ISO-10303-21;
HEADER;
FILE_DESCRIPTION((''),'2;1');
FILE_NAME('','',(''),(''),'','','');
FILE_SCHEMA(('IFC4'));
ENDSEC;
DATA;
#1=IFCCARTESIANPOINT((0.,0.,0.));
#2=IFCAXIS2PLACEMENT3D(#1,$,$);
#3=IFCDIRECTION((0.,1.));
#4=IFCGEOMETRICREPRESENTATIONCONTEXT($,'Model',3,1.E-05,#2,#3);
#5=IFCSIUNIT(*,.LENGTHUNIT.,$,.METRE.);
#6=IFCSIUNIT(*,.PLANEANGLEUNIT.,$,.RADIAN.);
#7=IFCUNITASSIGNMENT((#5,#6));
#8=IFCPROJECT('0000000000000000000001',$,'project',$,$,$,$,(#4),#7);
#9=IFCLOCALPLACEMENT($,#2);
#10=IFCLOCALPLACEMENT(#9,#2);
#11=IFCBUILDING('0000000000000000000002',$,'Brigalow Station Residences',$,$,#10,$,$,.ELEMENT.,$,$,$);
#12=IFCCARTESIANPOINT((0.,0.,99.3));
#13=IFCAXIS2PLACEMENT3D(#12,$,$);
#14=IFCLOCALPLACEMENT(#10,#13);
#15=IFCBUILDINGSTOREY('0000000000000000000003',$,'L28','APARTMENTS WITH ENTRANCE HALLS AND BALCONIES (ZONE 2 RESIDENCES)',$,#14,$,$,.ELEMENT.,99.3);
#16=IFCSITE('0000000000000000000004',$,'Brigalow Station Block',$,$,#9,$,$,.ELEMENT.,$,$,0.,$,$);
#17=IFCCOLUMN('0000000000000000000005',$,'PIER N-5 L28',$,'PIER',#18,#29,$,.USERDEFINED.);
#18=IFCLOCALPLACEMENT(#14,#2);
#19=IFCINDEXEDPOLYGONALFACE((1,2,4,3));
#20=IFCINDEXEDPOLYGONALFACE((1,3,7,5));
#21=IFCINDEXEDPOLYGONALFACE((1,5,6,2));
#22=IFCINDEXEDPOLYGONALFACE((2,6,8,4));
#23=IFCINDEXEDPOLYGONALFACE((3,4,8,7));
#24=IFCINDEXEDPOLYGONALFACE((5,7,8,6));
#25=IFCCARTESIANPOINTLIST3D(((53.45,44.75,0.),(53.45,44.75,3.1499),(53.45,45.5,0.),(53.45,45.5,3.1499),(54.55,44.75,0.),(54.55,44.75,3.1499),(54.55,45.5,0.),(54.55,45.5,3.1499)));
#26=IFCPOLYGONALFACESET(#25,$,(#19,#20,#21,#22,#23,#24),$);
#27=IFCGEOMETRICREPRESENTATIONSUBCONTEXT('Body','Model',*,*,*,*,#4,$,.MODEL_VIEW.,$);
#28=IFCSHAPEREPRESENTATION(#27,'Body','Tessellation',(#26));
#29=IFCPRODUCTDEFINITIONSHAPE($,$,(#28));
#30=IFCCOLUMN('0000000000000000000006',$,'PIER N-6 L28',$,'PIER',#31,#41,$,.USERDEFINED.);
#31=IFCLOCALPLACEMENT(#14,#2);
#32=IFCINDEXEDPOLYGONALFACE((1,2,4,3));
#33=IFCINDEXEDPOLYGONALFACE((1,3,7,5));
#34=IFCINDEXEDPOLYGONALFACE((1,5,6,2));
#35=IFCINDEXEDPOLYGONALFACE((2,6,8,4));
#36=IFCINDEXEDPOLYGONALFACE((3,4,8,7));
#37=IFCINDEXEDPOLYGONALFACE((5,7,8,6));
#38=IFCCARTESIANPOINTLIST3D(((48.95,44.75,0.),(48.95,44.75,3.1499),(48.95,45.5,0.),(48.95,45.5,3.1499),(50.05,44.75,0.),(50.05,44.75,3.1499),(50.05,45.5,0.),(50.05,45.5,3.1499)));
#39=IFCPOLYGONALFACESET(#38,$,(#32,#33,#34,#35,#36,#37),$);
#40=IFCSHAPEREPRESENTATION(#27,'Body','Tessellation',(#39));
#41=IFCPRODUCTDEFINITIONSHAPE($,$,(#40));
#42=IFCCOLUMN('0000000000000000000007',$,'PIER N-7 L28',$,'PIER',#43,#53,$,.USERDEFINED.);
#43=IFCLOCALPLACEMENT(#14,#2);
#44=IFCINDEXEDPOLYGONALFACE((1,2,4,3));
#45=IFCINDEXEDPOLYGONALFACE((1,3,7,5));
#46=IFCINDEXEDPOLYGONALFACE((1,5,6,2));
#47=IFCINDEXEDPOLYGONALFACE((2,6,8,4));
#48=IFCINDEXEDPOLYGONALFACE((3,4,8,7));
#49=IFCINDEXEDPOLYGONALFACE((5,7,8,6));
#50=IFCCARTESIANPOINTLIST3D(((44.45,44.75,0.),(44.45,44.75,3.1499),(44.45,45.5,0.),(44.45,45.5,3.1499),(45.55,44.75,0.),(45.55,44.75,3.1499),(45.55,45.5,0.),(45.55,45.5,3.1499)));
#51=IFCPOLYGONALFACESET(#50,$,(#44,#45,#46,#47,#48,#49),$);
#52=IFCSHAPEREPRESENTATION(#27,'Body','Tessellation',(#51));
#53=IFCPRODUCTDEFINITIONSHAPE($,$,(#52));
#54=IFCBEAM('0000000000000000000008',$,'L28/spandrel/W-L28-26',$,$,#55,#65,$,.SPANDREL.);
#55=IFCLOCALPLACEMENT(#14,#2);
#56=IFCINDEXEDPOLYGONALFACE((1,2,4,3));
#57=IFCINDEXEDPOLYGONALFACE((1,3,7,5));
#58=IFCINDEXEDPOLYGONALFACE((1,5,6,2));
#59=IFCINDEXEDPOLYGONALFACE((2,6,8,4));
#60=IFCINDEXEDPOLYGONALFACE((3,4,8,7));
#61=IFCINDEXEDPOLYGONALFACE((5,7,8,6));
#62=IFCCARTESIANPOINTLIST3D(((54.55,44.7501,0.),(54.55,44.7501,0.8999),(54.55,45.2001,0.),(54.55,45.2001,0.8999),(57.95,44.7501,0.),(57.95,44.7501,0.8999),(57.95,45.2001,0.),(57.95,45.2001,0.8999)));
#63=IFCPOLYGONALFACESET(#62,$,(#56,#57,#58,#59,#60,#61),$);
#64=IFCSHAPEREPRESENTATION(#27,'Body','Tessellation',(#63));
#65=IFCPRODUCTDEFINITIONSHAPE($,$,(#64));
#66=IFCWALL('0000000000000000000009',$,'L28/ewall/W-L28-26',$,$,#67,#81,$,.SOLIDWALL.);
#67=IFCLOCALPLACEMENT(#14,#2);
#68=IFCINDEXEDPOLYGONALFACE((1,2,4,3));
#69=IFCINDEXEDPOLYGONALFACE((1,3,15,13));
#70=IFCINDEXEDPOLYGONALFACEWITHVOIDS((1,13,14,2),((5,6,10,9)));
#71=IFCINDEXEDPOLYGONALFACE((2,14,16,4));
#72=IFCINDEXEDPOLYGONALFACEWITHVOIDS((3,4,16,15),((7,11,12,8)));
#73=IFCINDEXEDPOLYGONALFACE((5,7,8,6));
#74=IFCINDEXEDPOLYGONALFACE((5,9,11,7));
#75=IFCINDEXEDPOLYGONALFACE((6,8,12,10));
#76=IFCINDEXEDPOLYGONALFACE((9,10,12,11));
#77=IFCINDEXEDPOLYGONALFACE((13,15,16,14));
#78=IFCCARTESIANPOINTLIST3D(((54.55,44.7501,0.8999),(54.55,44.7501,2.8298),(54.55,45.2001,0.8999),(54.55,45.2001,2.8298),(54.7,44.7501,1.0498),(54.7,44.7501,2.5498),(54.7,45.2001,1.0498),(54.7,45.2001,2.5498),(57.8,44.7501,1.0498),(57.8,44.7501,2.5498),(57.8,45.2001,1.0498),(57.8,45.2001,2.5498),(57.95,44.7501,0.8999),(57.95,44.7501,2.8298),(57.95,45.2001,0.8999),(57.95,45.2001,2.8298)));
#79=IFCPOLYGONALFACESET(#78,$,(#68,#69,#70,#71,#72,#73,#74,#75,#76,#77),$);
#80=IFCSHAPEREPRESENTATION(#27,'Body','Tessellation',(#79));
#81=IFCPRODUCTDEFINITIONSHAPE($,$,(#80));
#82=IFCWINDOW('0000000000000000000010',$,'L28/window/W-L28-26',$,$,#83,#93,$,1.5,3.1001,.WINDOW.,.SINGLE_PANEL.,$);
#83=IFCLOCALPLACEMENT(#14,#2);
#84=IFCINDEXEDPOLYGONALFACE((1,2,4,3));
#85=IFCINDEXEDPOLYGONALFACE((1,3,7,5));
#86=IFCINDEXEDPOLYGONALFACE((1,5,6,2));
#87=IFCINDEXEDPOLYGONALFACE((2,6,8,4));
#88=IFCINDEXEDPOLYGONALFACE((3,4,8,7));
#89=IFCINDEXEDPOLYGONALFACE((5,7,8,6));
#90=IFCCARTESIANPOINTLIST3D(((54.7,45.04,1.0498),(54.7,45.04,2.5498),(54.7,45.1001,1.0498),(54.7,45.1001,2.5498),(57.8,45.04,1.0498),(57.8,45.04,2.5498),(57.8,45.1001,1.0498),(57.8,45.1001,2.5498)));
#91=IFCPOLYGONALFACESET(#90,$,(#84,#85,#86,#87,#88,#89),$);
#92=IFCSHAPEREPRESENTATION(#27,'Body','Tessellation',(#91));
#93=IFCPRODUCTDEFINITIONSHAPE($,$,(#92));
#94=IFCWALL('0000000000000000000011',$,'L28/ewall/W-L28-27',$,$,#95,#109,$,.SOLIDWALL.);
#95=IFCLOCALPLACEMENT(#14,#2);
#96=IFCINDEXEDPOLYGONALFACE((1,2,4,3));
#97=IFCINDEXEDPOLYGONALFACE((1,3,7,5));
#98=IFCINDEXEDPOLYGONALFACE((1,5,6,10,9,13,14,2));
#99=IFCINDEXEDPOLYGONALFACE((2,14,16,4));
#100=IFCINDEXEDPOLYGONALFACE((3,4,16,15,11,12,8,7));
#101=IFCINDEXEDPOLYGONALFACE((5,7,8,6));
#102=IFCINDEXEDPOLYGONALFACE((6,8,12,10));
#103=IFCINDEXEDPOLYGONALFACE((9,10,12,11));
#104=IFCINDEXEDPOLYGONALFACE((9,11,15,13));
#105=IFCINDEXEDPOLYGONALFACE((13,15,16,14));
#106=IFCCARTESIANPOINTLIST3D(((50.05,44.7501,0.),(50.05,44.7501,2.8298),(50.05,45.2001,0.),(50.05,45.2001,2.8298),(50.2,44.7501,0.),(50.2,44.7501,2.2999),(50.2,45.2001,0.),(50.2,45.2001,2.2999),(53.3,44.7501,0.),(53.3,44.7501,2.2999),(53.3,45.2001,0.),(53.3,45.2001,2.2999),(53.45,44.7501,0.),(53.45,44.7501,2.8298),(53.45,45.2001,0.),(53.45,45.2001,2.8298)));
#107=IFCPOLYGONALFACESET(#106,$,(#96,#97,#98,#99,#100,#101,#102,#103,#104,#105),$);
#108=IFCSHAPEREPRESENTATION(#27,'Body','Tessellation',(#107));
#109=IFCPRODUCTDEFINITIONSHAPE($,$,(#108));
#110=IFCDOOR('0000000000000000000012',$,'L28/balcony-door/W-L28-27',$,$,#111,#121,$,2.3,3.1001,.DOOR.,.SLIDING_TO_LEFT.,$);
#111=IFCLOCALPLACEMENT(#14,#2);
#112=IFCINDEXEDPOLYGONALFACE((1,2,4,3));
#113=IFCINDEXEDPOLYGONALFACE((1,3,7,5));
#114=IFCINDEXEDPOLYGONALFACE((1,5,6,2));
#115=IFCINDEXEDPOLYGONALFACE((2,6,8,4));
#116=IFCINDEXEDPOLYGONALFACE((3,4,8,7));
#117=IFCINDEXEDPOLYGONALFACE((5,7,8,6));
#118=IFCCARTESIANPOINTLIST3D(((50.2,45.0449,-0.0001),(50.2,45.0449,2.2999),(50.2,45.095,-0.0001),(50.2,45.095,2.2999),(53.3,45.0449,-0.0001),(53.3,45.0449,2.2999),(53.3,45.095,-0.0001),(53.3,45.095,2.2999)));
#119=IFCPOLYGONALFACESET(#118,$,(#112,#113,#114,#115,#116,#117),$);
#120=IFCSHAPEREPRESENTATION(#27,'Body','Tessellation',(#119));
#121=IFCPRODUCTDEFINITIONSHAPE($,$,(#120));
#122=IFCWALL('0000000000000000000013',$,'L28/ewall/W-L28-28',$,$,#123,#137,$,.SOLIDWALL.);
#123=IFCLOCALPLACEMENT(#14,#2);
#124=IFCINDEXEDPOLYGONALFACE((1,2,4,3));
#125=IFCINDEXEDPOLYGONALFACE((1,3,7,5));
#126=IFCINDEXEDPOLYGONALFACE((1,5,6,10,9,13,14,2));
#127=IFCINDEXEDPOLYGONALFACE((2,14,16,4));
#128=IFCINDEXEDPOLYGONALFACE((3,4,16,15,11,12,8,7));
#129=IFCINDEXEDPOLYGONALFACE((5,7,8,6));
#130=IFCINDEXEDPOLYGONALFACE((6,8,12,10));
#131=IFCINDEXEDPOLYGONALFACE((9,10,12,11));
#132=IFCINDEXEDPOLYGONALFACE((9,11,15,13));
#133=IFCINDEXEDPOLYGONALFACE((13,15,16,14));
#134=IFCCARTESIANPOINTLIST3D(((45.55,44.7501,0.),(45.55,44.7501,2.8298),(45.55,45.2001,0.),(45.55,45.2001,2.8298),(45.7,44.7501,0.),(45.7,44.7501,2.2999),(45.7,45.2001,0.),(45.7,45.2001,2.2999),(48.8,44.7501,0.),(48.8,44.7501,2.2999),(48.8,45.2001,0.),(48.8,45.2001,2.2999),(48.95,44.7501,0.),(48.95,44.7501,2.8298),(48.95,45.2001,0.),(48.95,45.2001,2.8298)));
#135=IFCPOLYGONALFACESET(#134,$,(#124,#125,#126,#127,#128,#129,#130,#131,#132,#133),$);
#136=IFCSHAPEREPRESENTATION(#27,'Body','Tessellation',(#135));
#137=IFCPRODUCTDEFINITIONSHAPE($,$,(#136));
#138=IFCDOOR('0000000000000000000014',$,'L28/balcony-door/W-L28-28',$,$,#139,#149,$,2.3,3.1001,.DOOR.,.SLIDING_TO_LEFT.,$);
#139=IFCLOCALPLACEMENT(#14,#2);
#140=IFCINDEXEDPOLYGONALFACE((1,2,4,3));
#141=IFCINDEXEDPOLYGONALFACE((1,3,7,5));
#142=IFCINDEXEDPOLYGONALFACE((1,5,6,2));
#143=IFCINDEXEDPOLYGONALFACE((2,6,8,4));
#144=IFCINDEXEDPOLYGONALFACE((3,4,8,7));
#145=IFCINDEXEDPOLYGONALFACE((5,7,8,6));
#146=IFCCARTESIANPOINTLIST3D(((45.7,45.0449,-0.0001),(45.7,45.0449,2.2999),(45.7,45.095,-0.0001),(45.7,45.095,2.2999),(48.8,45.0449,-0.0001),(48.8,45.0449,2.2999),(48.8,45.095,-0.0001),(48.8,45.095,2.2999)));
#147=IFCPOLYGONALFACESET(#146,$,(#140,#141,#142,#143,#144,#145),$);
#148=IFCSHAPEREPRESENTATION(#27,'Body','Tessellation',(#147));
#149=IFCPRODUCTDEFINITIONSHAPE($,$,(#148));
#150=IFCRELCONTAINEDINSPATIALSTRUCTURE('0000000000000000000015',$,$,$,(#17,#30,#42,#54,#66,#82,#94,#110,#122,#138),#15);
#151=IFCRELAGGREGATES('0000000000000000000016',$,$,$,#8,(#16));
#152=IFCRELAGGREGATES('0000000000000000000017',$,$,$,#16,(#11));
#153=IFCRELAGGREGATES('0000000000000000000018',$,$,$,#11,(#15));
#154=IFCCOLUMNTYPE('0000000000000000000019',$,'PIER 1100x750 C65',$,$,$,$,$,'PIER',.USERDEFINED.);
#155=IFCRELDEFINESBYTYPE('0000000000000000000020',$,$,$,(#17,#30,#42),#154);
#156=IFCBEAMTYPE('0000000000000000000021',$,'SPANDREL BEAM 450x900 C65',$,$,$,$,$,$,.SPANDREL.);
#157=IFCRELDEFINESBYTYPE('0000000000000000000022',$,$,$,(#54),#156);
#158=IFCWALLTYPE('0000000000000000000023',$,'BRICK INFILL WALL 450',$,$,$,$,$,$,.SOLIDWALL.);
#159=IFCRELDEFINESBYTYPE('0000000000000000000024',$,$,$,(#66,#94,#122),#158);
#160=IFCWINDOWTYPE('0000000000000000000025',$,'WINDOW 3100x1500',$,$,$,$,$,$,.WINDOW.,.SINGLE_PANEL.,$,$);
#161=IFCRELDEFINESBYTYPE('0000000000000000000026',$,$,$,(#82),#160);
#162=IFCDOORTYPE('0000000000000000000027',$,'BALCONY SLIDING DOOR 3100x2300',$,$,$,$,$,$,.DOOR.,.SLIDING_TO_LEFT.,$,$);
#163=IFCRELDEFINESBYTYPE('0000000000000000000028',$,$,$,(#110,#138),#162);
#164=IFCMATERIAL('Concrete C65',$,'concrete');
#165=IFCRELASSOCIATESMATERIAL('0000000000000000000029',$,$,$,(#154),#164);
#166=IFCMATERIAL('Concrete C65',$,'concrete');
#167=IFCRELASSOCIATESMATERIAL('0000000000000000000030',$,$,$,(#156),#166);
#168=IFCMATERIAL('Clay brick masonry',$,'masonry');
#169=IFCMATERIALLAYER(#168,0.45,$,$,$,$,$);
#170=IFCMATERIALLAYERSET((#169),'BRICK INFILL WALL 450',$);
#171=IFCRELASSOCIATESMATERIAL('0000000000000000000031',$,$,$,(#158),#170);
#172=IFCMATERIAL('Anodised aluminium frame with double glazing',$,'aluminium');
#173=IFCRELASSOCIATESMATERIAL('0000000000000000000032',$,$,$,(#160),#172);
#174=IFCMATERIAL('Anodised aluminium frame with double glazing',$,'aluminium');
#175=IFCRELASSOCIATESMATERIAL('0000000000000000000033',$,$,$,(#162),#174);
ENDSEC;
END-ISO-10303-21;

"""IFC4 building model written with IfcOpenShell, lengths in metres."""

from ifc_helpers import new_model, si_unit, direction, frame, frame_2d, origin, origin_2d, place, context, subcontext, project, spatial, rectangle, extrude, material, layer, layer_set, material_profile, profile_set, type_object, element, fill, save


model = new_model("IFC4")

# Units and contexts
model_context = context("Model", 3, precision=1e-05, world=origin(), true_north=direction((0.0, 1.0)))
body_context = subcontext(model_context, "Body", "Model", "MODEL_VIEW")
ifc_project = project(units=[si_unit("LENGTHUNIT", "METRE"), si_unit("PLANEANGLEUNIT", "RADIAN")], contexts=[model_context])

# Site, building, storey
site_placement = place(None, origin())
site = spatial("IfcSite", under=ifc_project, at=site_placement, Name="Brigalow Station Block", CompositionType="ELEMENT", RefElevation=0.0)
building_placement = place(site_placement, origin())
building = spatial("IfcBuilding", under=site, at=building_placement, Name="Brigalow Station Residences", CompositionType="ELEMENT")
storey_placement = place(building_placement, frame((0.0, 0.0, 99.3)))
storey = spatial("IfcBuildingStorey", under=building, at=storey_placement, Name="L28", Description="APARTMENTS WITH ENTRANCE HALLS AND BALCONIES (ZONE 2 RESIDENCES)", CompositionType="ELEMENT", Elevation=99.3)

# Columns
ifc_material_1 = material(Name="Concrete C65", Category="concrete")
ifc_material_profile_1 = material_profile(ifc_material_1, rectangle(XDim=1.1001, YDim=0.75, at=origin_2d()), Name="RC1100x750")
ifc_profile_set_1 = profile_set([ifc_material_profile_1], Name="Concrete C65")
column_type = type_object("IfcColumnType", Name="PIER 1100x750 C65", ElementType="PIER", PredefinedType="USERDEFINED", material=ifc_profile_set_1)
for number, where, z_axis, x_axis, name in (
    (1, (54.0, 45.125, 0.0), (0.0, 0.0, 1.0), (-1.0, 0.0, 0.0), "PIER N-5 L28"),
    (2, (49.5, 45.125, 0.0), (0.0, 0.0, 1.0), (-1.0, 0.0, 0.0), "PIER N-6 L28"),
    (3, (45.0, 45.125, 0.0), (0.0, 0.0, 1.0), (-1.0, 0.0, 0.0), "PIER N-7 L28"),
):
    element("IfcColumn", number, at=place(storey_placement, frame(where, z_axis=z_axis, x_axis=x_axis)), inside=storey, type_object=column_type, Name=name, ObjectType="PIER", PredefinedType="USERDEFINED", context=body_context, shape_type="SweptSolid", body=[
        extrude(rectangle(XDim=1.1001, YDim=0.75, at=origin_2d()), origin(), (0.0, 0.0, 1.0), 3.1499),
    ])

# Beam
ifc_material_2 = material(Name="Concrete C65", Category="concrete")
ifc_material_profile_2 = material_profile(ifc_material_2, rectangle(XDim=0.45, YDim=0.8999, at=origin_2d()), Name="RC450x900")
ifc_profile_set_2 = profile_set([ifc_material_profile_2], Name="Concrete C65")
beam_type = type_object("IfcBeamType", Name="SPANDREL BEAM 450x900 C65", PredefinedType="SPANDREL", material=ifc_profile_set_2)
beam_placement = place(storey_placement, frame((57.95, 44.9751, 0.45), z_axis=(-1.0, 0.0, 0.0), x_axis=(0.0, -1.0, 0.0)))
element("IfcBeam", 4, at=beam_placement, inside=storey, type_object=beam_type, Name="L28/spandrel/W-L28-26", PredefinedType="SPANDREL", context=body_context, shape_type="SweptSolid", body=[
    extrude(rectangle(XDim=0.45, YDim=0.8999, at=origin_2d()), origin(), (0.0, 0.0, 1.0), 3.3999),
])

# Wall, opening, window
ifc_material_3 = material(Name="Clay brick masonry", Category="masonry")
ifc_layer_1 = layer(ifc_material_3, 0.45)
ifc_layer_set_1 = layer_set([ifc_layer_1], Name="BRICK INFILL WALL 450")
wall_type_1 = type_object("IfcWallType", Name="BRICK INFILL WALL 450", PredefinedType="SOLIDWALL", material=ifc_layer_set_1)
wall_1_placement = place(storey_placement, frame((57.95, 44.9751, 0.8999), z_axis=(0.0, 0.0, 1.0), x_axis=(-1.0, 0.0, 0.0)))
wall_1 = element("IfcWall", 5, at=wall_1_placement, inside=storey, type_object=wall_type_1, Name="L28/ewall/W-L28-26", PredefinedType="SOLIDWALL", context=body_context, shape_type="SweptSolid", body=[
    extrude(rectangle(XDim=3.3999, YDim=0.45, at=frame_2d((1.7, 0.0))), origin(), (0.0, 0.0, 1.0), 1.9299),
])
opening_1_placement = place(wall_1_placement, frame((0.1499, 0.0, 0.1499)))
opening_1 = element("IfcOpeningElement", 6, at=opening_1_placement, cuts=wall_1, PredefinedType="OPENING", context=body_context, shape_type="SweptSolid", body=[
    extrude(rectangle(XDim=3.1001, YDim=1.5, at=frame_2d((1.55, 0.75))), frame((0.0, 0.2349, 0.0), z_axis=(0.0, -1.0, 0.0), x_axis=(1.0, 0.0, 0.0)), (0.0, 0.0, 1.0), 0.47),
])
ifc_material_4 = material(Name="Anodised aluminium frame with double glazing", Category="aluminium")
window_type = type_object("IfcWindowType", Name="WINDOW 3100x1500", PartitioningType="SINGLE_PANEL", PredefinedType="WINDOW", material=ifc_material_4)
window_placement = place(opening_1_placement, origin())
window = element("IfcWindow", 7, at=window_placement, inside=storey, type_object=window_type, Name="L28/window/W-L28-26", OverallHeight=1.5, OverallWidth=3.1001, PartitioningType="SINGLE_PANEL", PredefinedType="WINDOW", context=body_context, shape_type="SweptSolid", body=[
    extrude(rectangle(XDim=3.1001, YDim=1.5, at=frame_2d((1.55, 0.75))), frame((0.0, -0.0649, 0.0), z_axis=(0.0, -1.0, 0.0), x_axis=(1.0, 0.0, 0.0)), (0.0, 0.0, 1.0), 0.0601),
])
fill(opening_1, window)

# Walls, openings, doors
wall_2_placement = place(storey_placement, frame((53.45, 44.9751, 0.0), z_axis=(0.0, 0.0, 1.0), x_axis=(-1.0, 0.0, 0.0)))
wall_2 = element("IfcWall", 8, at=wall_2_placement, inside=storey, type_object=wall_type_1, Name="L28/ewall/W-L28-27", PredefinedType="SOLIDWALL", context=body_context, shape_type="SweptSolid", body=[
    extrude(rectangle(XDim=3.3999, YDim=0.45, at=frame_2d((1.7, 0.0))), origin(), (0.0, 0.0, 1.0), 2.8298),
])
opening_2_placement = place(wall_2_placement, frame((0.1499, 0.0, 0.0)))
opening_2 = element("IfcOpeningElement", 9, at=opening_2_placement, cuts=wall_2, PredefinedType="OPENING", context=body_context, shape_type="SweptSolid", body=[
    extrude(rectangle(XDim=3.1001, YDim=2.3, at=frame_2d((1.55, 1.1499))), frame((0.0, 0.2349, 0.0), z_axis=(0.0, -1.0, 0.0), x_axis=(1.0, 0.0, 0.0)), (0.0, 0.0, 1.0), 0.47),
])
ifc_material_5 = material(Name="Anodised aluminium frame with double glazing", Category="aluminium")
door_type_1 = type_object("IfcDoorType", Name="BALCONY SLIDING DOOR 3100x2300", OperationType="SLIDING_TO_LEFT", PredefinedType="DOOR", material=ifc_material_5)
door_1_placement = place(opening_2_placement, origin())
door_1 = element("IfcDoor", 10, at=door_1_placement, inside=storey, type_object=door_type_1, Name="L28/balcony-door/W-L28-27", OperationType="SLIDING_TO_LEFT", OverallHeight=2.3, OverallWidth=3.1001, PredefinedType="DOOR", context=body_context, shape_type="SweptSolid", body=[
    extrude(rectangle(XDim=3.1001, YDim=2.3, at=frame_2d((1.55, 1.1499))), frame((0.0, -0.0698, 0.0), z_axis=(0.0, -1.0, 0.0), x_axis=(1.0, 0.0, 0.0)), (0.0, 0.0, 1.0), 0.05),
])
fill(opening_2, door_1)
wall_3_placement = place(storey_placement, frame((48.95, 44.9751, 0.0), z_axis=(0.0, 0.0, 1.0), x_axis=(-1.0, 0.0, 0.0)))
wall_3 = element("IfcWall", 11, at=wall_3_placement, inside=storey, type_object=wall_type_1, Name="L28/ewall/W-L28-28", PredefinedType="SOLIDWALL", context=body_context, shape_type="SweptSolid", body=[
    extrude(rectangle(XDim=3.3999, YDim=0.45, at=frame_2d((1.7, 0.0))), origin(), (0.0, 0.0, 1.0), 2.8298),
])
opening_3_placement = place(wall_3_placement, frame((0.1499, 0.0, 0.0)))
opening_3 = element("IfcOpeningElement", 12, at=opening_3_placement, cuts=wall_3, PredefinedType="OPENING", context=body_context, shape_type="SweptSolid", body=[
    extrude(rectangle(XDim=3.1001, YDim=2.3, at=frame_2d((1.55, 1.1499))), frame((0.0, 0.2349, 0.0), z_axis=(0.0, -1.0, 0.0), x_axis=(1.0, 0.0, 0.0)), (0.0, 0.0, 1.0), 0.47),
])
door_2_placement = place(opening_3_placement, origin())
door_2 = element("IfcDoor", 13, at=door_2_placement, inside=storey, type_object=door_type_1, Name="L28/balcony-door/W-L28-28", OperationType="SLIDING_TO_LEFT", OverallHeight=2.3, OverallWidth=3.1001, PredefinedType="DOOR", context=body_context, shape_type="SweptSolid", body=[
    extrude(rectangle(XDim=3.1001, YDim=2.3, at=frame_2d((1.55, 1.1499))), frame((0.0, -0.0698, 0.0), z_axis=(0.0, -1.0, 0.0), x_axis=(1.0, 0.0, 0.0)), (0.0, 0.0, 1.0), 0.05),
])
fill(opening_3, door_2)

save(model, "model.ifc")
